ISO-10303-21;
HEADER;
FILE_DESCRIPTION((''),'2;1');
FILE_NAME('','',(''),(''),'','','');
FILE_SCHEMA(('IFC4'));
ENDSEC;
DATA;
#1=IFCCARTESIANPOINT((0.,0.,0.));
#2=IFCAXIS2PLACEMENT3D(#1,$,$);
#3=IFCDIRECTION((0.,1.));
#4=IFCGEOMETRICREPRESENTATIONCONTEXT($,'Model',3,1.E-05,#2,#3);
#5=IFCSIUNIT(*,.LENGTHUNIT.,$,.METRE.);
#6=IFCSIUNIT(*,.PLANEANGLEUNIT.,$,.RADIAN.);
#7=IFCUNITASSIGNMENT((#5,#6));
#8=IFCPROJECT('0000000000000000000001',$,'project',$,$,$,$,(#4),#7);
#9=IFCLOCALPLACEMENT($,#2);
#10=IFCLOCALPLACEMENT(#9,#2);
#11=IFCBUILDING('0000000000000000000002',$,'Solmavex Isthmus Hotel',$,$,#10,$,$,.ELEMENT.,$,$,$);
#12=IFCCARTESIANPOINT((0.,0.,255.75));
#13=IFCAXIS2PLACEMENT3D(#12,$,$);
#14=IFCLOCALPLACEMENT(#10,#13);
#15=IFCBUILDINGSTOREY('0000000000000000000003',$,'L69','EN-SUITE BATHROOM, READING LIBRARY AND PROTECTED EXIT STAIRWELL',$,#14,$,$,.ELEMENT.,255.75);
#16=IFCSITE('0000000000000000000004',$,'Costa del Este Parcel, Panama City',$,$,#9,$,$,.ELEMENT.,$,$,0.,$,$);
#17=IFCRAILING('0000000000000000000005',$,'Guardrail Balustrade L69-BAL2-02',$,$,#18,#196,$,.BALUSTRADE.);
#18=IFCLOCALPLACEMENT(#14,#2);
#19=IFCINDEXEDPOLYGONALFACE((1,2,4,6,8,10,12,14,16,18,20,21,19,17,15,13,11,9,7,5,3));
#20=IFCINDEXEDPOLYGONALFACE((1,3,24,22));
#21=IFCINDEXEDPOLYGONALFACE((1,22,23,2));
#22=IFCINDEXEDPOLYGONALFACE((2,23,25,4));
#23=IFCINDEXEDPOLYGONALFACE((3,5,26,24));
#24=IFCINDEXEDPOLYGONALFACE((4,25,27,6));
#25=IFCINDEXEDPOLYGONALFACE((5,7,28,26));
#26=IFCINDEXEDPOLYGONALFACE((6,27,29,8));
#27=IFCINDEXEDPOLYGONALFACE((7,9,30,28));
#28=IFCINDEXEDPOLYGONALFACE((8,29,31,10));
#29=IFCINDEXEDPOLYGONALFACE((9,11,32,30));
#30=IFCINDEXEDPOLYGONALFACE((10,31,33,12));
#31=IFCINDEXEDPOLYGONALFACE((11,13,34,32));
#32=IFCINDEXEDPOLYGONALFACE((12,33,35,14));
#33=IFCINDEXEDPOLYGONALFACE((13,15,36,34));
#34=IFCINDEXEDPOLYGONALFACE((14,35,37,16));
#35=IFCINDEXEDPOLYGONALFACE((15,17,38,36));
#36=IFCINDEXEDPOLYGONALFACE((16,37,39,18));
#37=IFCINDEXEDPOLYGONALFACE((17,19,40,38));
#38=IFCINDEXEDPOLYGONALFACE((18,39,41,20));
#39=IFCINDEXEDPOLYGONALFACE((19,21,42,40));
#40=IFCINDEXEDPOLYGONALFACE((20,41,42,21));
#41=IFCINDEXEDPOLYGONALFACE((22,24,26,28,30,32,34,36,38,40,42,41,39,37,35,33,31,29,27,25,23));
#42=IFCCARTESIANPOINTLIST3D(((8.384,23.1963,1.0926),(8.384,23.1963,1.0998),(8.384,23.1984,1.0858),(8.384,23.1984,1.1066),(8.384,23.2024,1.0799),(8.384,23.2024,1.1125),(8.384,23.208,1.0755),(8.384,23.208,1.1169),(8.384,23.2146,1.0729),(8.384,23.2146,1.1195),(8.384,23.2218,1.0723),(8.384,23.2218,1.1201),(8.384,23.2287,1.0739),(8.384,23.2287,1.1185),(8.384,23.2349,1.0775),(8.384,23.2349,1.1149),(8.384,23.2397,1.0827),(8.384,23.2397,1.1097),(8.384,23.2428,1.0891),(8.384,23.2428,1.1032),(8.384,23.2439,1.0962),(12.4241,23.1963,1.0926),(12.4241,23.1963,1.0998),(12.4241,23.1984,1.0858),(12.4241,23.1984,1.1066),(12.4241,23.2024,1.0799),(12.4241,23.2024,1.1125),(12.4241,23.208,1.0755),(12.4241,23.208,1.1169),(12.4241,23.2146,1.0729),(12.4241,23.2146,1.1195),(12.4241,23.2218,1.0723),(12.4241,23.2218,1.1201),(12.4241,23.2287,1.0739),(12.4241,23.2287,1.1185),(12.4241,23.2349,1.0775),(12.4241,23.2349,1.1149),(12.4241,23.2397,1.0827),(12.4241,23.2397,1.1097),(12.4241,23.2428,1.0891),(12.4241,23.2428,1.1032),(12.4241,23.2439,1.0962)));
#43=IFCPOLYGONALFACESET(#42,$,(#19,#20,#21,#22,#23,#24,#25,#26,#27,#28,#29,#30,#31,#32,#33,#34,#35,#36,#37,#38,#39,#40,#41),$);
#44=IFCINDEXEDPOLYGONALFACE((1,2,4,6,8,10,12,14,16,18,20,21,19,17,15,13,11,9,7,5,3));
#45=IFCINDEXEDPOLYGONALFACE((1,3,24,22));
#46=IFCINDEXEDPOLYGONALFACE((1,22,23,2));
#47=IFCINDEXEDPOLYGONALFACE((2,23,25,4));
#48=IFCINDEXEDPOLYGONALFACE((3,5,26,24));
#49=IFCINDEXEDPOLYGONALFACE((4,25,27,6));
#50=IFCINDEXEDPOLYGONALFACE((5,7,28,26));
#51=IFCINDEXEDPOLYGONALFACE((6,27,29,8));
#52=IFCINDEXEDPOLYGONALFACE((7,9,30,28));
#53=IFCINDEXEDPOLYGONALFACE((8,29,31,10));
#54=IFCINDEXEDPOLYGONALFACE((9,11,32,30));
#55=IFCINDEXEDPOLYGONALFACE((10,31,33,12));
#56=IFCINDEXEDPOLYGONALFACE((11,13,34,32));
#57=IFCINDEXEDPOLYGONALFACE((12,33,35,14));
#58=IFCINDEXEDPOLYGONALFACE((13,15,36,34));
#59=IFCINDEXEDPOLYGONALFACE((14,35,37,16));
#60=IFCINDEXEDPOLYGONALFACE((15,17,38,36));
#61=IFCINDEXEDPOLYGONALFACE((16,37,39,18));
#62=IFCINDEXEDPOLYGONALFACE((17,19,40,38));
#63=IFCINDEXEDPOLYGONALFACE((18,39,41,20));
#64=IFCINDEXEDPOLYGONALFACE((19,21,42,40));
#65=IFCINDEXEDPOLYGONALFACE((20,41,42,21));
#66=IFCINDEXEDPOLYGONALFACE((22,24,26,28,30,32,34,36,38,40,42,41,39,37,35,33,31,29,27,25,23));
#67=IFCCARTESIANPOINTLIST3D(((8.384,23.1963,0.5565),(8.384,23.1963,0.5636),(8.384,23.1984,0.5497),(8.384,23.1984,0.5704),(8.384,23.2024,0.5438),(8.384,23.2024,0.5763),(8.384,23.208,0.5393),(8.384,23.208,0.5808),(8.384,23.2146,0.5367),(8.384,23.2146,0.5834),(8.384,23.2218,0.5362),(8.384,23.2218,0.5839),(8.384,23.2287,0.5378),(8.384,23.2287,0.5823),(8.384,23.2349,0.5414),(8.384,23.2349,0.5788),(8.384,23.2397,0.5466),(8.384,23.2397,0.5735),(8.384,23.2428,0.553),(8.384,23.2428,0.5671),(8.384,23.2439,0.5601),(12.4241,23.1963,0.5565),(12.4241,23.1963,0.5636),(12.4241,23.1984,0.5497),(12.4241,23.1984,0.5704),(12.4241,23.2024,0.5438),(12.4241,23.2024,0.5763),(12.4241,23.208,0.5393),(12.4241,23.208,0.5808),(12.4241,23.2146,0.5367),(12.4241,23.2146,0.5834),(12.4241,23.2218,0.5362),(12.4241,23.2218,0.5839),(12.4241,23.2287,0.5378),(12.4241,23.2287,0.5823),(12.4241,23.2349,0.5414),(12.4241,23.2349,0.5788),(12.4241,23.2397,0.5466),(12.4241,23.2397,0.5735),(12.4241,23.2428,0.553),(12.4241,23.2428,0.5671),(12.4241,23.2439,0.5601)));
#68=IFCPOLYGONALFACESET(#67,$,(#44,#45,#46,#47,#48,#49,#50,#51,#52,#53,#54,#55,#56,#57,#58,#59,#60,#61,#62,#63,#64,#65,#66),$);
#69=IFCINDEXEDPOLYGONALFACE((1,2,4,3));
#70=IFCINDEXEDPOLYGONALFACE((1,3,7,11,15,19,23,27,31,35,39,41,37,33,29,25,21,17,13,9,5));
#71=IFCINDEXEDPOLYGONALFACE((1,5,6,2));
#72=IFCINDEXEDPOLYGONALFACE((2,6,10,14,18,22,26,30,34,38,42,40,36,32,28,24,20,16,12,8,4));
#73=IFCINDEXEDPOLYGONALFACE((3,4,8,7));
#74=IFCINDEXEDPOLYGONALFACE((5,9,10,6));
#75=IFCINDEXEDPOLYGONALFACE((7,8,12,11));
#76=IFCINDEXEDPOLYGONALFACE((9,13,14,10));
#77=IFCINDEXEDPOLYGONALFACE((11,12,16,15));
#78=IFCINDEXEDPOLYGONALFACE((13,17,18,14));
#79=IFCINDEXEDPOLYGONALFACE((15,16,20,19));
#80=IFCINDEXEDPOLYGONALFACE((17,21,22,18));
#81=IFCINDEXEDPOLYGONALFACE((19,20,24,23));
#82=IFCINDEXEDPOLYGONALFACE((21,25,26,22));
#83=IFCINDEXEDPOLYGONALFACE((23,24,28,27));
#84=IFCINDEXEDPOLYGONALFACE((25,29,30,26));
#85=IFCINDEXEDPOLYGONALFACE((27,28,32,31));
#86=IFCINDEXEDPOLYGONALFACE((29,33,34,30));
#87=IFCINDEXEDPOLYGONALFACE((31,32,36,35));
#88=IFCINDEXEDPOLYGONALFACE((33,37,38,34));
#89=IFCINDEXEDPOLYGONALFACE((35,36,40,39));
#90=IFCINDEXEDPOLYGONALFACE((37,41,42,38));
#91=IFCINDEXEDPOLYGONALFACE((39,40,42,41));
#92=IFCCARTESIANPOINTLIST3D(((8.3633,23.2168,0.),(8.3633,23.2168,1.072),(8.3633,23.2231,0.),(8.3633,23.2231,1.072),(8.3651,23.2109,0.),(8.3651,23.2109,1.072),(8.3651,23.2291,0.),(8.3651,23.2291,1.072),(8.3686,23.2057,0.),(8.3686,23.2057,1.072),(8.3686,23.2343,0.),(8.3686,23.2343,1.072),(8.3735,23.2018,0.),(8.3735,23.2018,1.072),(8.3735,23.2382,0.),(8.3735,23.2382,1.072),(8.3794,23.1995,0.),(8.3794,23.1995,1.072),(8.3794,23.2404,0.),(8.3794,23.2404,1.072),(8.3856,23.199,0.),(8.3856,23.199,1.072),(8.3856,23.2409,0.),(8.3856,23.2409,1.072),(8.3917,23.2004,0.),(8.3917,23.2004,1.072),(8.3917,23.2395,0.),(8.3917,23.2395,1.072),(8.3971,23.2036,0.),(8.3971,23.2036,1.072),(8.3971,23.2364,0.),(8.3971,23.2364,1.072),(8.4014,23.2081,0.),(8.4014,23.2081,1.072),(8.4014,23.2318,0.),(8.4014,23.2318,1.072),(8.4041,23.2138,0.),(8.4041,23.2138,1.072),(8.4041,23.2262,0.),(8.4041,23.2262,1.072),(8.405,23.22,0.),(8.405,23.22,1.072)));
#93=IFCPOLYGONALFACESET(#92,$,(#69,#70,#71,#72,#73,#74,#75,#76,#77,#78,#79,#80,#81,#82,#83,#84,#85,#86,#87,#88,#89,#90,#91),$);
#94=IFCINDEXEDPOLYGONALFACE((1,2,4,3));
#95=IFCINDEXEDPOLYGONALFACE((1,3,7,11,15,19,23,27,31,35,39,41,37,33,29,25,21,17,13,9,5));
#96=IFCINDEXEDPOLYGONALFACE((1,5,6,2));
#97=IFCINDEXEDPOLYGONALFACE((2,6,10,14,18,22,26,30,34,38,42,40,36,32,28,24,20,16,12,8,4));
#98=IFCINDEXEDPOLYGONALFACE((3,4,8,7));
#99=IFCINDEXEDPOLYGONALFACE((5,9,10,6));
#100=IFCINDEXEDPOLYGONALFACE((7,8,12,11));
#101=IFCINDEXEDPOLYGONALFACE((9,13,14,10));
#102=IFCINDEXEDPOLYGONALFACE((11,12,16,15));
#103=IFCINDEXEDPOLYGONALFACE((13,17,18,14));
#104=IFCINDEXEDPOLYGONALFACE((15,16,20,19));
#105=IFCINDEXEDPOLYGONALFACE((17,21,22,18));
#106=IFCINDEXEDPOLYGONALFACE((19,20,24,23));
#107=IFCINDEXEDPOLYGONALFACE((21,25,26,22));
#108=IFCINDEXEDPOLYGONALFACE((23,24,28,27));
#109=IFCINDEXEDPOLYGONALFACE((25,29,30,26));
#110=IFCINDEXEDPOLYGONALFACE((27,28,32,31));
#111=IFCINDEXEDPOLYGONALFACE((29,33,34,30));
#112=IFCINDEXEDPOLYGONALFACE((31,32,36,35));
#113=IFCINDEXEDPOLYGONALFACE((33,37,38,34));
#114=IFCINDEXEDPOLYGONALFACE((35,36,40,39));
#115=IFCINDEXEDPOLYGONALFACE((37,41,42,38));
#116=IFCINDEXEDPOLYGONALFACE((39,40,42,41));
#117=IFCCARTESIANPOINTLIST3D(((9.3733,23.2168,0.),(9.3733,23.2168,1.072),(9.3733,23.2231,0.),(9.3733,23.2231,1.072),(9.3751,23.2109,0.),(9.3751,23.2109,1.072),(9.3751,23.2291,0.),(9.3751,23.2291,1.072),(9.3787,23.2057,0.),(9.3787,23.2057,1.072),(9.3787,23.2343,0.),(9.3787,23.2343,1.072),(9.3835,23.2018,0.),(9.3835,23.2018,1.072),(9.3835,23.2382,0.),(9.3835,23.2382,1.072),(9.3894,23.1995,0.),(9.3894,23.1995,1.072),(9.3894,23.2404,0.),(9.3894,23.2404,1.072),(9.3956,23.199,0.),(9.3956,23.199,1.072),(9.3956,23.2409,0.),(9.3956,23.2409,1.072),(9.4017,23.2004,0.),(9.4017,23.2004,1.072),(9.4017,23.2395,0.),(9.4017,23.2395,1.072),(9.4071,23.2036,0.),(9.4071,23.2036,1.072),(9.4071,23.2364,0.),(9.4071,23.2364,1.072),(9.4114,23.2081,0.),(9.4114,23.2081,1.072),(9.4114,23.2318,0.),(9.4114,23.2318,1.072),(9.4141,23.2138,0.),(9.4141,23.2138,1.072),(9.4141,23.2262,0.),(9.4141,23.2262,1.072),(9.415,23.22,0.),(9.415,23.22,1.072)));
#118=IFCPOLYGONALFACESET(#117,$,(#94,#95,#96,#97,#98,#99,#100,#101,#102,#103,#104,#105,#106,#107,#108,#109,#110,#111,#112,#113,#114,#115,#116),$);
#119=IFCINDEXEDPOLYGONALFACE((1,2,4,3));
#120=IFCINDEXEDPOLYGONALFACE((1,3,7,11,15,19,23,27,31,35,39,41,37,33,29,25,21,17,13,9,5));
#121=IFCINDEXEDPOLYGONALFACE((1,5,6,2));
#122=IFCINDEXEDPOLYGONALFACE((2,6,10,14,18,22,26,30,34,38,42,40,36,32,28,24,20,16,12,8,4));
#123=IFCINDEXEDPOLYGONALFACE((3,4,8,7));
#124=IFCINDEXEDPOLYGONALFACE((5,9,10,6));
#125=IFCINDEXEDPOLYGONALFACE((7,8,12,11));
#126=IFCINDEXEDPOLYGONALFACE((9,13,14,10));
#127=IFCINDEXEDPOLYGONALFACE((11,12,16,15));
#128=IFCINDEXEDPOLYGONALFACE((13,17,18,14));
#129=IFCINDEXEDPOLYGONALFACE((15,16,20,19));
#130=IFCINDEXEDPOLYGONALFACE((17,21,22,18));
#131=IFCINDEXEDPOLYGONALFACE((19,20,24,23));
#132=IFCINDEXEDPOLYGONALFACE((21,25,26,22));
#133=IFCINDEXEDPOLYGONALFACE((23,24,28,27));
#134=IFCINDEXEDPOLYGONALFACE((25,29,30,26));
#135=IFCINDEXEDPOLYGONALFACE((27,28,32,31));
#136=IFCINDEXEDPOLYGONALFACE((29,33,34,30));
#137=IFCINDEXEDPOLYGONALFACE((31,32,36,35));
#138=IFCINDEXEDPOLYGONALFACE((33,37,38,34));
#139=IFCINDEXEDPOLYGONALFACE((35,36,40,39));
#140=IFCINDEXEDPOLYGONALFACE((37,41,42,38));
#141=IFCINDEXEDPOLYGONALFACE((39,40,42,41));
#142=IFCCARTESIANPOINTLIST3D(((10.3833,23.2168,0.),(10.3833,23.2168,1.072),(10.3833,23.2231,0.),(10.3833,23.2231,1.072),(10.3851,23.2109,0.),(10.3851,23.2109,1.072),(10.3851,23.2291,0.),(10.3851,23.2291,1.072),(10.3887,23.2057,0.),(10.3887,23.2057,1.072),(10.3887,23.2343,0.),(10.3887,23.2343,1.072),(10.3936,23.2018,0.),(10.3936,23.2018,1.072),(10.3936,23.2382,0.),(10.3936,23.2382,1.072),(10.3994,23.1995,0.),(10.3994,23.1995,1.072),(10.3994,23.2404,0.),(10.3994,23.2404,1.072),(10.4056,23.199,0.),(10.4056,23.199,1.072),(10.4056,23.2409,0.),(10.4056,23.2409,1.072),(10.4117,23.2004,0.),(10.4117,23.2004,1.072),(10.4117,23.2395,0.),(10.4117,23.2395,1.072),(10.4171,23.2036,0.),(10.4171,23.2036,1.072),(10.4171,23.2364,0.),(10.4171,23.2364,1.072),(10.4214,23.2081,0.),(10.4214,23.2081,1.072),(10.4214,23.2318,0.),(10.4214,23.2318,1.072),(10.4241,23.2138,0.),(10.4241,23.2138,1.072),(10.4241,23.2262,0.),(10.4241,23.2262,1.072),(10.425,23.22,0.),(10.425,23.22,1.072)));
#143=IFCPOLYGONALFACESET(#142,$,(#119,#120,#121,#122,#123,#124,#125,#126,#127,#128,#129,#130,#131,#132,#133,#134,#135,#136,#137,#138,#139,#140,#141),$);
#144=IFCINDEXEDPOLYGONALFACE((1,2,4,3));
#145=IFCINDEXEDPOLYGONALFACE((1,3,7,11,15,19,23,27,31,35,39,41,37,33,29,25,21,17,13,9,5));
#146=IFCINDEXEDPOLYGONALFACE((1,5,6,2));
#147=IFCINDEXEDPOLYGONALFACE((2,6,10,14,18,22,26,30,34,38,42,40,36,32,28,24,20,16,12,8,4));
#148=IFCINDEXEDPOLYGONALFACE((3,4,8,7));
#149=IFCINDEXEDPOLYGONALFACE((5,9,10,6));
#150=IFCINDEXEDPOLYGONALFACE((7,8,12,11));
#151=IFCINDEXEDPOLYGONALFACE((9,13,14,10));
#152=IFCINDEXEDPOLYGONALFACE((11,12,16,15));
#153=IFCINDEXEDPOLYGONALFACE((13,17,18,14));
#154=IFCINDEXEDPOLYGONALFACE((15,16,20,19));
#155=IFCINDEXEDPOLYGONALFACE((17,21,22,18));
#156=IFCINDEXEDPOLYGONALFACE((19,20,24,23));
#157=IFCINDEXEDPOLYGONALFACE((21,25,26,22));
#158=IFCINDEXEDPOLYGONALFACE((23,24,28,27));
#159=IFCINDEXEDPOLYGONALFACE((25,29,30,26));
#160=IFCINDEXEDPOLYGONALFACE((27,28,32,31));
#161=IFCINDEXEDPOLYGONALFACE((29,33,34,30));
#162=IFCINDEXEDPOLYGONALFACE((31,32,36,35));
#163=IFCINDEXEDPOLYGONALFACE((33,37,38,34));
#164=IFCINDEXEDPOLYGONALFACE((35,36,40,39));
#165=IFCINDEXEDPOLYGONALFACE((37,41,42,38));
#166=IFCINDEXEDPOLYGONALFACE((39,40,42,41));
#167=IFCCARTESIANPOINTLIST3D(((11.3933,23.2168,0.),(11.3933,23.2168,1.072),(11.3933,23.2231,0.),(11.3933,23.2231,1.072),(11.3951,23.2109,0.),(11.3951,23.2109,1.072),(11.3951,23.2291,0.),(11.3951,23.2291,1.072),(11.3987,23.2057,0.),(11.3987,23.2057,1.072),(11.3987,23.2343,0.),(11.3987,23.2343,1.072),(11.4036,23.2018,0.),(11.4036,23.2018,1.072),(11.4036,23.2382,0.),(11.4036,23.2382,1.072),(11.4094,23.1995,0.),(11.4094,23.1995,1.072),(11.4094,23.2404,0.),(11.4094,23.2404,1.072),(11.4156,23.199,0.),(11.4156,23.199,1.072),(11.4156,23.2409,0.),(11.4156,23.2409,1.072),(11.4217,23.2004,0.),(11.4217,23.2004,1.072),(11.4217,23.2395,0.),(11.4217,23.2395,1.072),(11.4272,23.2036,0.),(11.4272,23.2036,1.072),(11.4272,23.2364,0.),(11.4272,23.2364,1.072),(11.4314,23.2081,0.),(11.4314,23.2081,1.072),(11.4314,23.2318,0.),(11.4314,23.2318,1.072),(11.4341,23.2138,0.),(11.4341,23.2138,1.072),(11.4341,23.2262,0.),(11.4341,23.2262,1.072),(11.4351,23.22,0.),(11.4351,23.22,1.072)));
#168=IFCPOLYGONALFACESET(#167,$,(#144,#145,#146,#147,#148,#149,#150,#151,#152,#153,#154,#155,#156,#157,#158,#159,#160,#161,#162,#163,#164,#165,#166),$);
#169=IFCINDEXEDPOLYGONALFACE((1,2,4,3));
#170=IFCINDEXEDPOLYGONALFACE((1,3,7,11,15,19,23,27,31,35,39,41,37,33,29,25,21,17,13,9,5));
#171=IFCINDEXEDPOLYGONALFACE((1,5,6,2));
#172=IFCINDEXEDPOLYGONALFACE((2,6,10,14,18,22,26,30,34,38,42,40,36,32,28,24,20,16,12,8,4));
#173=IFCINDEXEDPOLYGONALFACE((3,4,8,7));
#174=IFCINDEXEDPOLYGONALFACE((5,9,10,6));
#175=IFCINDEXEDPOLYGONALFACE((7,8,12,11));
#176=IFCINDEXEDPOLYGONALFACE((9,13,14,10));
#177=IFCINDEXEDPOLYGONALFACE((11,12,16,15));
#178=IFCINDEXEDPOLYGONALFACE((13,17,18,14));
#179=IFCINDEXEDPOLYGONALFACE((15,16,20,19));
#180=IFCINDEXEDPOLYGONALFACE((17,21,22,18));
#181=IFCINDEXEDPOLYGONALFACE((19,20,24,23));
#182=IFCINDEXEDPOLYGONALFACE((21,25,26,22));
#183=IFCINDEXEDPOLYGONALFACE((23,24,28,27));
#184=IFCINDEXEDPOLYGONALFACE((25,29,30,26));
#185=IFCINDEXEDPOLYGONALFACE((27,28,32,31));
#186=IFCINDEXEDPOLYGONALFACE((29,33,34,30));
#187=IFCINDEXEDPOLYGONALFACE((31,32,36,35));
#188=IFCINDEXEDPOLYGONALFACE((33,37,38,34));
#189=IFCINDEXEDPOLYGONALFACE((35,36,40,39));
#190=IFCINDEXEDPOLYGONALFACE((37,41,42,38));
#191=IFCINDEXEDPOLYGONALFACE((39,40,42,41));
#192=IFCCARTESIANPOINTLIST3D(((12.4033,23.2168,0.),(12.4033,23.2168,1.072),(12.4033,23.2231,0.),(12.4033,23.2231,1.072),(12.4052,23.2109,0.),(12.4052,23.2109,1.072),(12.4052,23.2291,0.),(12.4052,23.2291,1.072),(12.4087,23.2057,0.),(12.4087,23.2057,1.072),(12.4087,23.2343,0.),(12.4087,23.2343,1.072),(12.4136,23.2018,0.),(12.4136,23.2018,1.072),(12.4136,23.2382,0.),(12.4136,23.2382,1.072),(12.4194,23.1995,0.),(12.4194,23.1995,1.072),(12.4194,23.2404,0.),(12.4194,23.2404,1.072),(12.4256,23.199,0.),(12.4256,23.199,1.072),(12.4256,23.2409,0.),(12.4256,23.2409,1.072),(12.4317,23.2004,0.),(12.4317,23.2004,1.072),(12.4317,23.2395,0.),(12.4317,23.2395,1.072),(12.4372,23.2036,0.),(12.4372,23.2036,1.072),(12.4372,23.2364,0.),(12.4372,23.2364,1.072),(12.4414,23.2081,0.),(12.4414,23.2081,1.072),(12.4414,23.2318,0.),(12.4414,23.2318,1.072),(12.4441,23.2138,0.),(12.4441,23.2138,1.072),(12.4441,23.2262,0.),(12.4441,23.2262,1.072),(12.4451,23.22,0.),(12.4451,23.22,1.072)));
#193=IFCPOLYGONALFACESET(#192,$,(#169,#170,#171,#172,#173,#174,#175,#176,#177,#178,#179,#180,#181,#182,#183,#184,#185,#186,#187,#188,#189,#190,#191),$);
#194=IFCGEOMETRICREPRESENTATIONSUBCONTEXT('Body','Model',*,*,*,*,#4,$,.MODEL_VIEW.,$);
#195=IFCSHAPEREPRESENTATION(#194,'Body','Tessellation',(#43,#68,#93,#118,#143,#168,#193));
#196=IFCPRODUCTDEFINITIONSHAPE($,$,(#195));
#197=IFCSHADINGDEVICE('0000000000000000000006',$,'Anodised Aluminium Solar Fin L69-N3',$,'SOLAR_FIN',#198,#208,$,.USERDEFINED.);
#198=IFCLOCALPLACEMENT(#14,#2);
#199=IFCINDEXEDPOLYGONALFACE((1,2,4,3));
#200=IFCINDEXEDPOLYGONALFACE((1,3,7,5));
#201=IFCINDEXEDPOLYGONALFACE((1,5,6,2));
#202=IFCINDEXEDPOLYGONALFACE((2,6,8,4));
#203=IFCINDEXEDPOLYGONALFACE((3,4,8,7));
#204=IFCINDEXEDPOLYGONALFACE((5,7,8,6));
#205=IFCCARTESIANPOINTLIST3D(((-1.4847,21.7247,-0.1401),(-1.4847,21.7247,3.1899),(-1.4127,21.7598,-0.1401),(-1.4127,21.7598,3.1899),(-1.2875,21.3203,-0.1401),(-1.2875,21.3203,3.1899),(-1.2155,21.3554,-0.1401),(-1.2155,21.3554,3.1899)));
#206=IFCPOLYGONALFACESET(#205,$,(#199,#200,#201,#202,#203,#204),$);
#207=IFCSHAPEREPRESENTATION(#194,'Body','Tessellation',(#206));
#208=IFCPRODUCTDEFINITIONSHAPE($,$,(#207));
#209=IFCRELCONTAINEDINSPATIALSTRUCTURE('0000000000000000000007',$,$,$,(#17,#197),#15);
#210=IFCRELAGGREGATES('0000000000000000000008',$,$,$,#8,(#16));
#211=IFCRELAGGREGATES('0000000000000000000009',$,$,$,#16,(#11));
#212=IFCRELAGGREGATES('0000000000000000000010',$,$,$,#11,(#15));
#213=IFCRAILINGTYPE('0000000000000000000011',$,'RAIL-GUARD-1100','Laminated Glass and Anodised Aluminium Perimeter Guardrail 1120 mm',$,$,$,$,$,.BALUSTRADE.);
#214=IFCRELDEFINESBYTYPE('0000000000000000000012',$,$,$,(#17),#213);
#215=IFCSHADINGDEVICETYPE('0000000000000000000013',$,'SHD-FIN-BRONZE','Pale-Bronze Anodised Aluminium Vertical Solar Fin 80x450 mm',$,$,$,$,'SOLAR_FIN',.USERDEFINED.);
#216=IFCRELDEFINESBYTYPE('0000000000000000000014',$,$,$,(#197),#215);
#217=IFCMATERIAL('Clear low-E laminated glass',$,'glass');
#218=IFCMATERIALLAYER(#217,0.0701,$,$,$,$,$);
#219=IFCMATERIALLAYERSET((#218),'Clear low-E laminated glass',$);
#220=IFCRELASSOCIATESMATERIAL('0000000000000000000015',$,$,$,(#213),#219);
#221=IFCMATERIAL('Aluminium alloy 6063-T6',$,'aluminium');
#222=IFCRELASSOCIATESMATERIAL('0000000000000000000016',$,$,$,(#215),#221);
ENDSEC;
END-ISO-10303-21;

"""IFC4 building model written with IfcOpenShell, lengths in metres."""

from ifc_helpers import new_model, si_unit, direction, frame, origin, origin_2d, place, context, subcontext, project, spatial, rectangle, circle, extrude, material, layer, layer_set, type_object, element, save


model = new_model("IFC4")

# Units and contexts
model_context = context("Model", 3, precision=1e-05, world=origin(), true_north=direction((0.0, 1.0)))
body_context = subcontext(model_context, "Body", "Model", "MODEL_VIEW")
ifc_project = project(units=[si_unit("LENGTHUNIT", "METRE"), si_unit("PLANEANGLEUNIT", "RADIAN")], contexts=[model_context])

# Site, building, storey
site_placement = place(None, origin())
site = spatial("IfcSite", under=ifc_project, at=site_placement, Name="Costa del Este Parcel, Panama City", CompositionType="ELEMENT", RefElevation=0.0)
building_placement = place(site_placement, origin())
building = spatial("IfcBuilding", under=site, at=building_placement, Name="Solmavex Isthmus Hotel", CompositionType="ELEMENT")
storey_placement = place(building_placement, frame((0.0, 0.0, 255.75)))
storey = spatial("IfcBuildingStorey", under=building, at=storey_placement, Name="L69", Description="EN-SUITE BATHROOM, READING LIBRARY AND PROTECTED EXIT STAIRWELL", CompositionType="ELEMENT", Elevation=255.75)

# Shared definitions
ifc_material_1 = material(Name="Aluminium alloy 6063-T6", Category="aluminium")

# Shared definitions
ifc_material_2 = material(Name="Clear low-E laminated glass", Category="glass")

# Railing
ifc_layer_1 = layer(ifc_material_2, 0.0701)
ifc_layer_set_1 = layer_set([ifc_layer_1], Name="Clear low-E laminated glass")
railing_type = type_object("IfcRailingType", Name="RAIL-GUARD-1100", Description="Laminated Glass and Anodised Aluminium Perimeter Guardrail 1120 mm", PredefinedType="BALUSTRADE", material=ifc_layer_set_1)
railing_1_placement = place(storey_placement, frame((8.384, 23.22, 0.0)))
element("IfcRailing", 1, at=railing_1_placement, inside=storey, type_object=railing_type, Name="Guardrail Balustrade L69-BAL2-02", PredefinedType="BALUSTRADE", context=body_context, shape_type="SweptSolid", body=[
    extrude(circle(Radius=0.0239, at=origin_2d()), frame((0.0, 0.0, 1.0962), z_axis=(1.0, 0.0, 0.0), x_axis=(0.0, 1.0, 0.0)), (0.0, 0.0, 1.0), 4.04),
    extrude(circle(Radius=0.0239, at=origin_2d()), frame((0.0, 0.0, 0.5601), z_axis=(1.0, 0.0, 0.0), x_axis=(0.0, 1.0, 0.0)), (0.0, 0.0, 1.0), 4.04),
    extrude(circle(Radius=0.021, at=origin_2d()), origin(), (0.0, 0.0, 1.0), 1.072),
    extrude(circle(Radius=0.021, at=origin_2d()), frame((1.01, 0.0, 0.0)), (0.0, 0.0, 1.0), 1.072),
    extrude(circle(Radius=0.021, at=origin_2d()), frame((2.02, 0.0, 0.0)), (0.0, 0.0, 1.0), 1.072),
    extrude(circle(Radius=0.021, at=origin_2d()), frame((3.03, 0.0, 0.0)), (0.0, 0.0, 1.0), 1.072),
    extrude(circle(Radius=0.021, at=origin_2d()), frame((4.04, 0.0, 0.0)), (0.0, 0.0, 1.0), 1.072),
])

# Shading device
shading_device_type = type_object("IfcShadingDeviceType", Name="SHD-FIN-BRONZE", Description="Pale-Bronze Anodised Aluminium Vertical Solar Fin 80x450 mm", ElementType="SOLAR_FIN", PredefinedType="USERDEFINED", material=ifc_material_1)
for number, where, z_axis, x_axis, name in (
    (2, (-1.3501, 21.54, -0.1401), (0.0, 0.0, 1.0), (-0.438371, 0.898794, 0.0), "Anodised Aluminium Solar Fin L69-N3"),
):
    element("IfcShadingDevice", number, at=place(storey_placement, frame(where, z_axis=z_axis, x_axis=x_axis)), inside=storey, type_object=shading_device_type, Name=name, ObjectType="SOLAR_FIN", PredefinedType="USERDEFINED", context=body_context, shape_type="SweptSolid", body=[
        extrude(rectangle(XDim=0.45, YDim=0.0801, at=origin_2d()), origin(), (0.0, 0.0, 1.0), 3.3301),
    ])

save(model, "model.ifc")
